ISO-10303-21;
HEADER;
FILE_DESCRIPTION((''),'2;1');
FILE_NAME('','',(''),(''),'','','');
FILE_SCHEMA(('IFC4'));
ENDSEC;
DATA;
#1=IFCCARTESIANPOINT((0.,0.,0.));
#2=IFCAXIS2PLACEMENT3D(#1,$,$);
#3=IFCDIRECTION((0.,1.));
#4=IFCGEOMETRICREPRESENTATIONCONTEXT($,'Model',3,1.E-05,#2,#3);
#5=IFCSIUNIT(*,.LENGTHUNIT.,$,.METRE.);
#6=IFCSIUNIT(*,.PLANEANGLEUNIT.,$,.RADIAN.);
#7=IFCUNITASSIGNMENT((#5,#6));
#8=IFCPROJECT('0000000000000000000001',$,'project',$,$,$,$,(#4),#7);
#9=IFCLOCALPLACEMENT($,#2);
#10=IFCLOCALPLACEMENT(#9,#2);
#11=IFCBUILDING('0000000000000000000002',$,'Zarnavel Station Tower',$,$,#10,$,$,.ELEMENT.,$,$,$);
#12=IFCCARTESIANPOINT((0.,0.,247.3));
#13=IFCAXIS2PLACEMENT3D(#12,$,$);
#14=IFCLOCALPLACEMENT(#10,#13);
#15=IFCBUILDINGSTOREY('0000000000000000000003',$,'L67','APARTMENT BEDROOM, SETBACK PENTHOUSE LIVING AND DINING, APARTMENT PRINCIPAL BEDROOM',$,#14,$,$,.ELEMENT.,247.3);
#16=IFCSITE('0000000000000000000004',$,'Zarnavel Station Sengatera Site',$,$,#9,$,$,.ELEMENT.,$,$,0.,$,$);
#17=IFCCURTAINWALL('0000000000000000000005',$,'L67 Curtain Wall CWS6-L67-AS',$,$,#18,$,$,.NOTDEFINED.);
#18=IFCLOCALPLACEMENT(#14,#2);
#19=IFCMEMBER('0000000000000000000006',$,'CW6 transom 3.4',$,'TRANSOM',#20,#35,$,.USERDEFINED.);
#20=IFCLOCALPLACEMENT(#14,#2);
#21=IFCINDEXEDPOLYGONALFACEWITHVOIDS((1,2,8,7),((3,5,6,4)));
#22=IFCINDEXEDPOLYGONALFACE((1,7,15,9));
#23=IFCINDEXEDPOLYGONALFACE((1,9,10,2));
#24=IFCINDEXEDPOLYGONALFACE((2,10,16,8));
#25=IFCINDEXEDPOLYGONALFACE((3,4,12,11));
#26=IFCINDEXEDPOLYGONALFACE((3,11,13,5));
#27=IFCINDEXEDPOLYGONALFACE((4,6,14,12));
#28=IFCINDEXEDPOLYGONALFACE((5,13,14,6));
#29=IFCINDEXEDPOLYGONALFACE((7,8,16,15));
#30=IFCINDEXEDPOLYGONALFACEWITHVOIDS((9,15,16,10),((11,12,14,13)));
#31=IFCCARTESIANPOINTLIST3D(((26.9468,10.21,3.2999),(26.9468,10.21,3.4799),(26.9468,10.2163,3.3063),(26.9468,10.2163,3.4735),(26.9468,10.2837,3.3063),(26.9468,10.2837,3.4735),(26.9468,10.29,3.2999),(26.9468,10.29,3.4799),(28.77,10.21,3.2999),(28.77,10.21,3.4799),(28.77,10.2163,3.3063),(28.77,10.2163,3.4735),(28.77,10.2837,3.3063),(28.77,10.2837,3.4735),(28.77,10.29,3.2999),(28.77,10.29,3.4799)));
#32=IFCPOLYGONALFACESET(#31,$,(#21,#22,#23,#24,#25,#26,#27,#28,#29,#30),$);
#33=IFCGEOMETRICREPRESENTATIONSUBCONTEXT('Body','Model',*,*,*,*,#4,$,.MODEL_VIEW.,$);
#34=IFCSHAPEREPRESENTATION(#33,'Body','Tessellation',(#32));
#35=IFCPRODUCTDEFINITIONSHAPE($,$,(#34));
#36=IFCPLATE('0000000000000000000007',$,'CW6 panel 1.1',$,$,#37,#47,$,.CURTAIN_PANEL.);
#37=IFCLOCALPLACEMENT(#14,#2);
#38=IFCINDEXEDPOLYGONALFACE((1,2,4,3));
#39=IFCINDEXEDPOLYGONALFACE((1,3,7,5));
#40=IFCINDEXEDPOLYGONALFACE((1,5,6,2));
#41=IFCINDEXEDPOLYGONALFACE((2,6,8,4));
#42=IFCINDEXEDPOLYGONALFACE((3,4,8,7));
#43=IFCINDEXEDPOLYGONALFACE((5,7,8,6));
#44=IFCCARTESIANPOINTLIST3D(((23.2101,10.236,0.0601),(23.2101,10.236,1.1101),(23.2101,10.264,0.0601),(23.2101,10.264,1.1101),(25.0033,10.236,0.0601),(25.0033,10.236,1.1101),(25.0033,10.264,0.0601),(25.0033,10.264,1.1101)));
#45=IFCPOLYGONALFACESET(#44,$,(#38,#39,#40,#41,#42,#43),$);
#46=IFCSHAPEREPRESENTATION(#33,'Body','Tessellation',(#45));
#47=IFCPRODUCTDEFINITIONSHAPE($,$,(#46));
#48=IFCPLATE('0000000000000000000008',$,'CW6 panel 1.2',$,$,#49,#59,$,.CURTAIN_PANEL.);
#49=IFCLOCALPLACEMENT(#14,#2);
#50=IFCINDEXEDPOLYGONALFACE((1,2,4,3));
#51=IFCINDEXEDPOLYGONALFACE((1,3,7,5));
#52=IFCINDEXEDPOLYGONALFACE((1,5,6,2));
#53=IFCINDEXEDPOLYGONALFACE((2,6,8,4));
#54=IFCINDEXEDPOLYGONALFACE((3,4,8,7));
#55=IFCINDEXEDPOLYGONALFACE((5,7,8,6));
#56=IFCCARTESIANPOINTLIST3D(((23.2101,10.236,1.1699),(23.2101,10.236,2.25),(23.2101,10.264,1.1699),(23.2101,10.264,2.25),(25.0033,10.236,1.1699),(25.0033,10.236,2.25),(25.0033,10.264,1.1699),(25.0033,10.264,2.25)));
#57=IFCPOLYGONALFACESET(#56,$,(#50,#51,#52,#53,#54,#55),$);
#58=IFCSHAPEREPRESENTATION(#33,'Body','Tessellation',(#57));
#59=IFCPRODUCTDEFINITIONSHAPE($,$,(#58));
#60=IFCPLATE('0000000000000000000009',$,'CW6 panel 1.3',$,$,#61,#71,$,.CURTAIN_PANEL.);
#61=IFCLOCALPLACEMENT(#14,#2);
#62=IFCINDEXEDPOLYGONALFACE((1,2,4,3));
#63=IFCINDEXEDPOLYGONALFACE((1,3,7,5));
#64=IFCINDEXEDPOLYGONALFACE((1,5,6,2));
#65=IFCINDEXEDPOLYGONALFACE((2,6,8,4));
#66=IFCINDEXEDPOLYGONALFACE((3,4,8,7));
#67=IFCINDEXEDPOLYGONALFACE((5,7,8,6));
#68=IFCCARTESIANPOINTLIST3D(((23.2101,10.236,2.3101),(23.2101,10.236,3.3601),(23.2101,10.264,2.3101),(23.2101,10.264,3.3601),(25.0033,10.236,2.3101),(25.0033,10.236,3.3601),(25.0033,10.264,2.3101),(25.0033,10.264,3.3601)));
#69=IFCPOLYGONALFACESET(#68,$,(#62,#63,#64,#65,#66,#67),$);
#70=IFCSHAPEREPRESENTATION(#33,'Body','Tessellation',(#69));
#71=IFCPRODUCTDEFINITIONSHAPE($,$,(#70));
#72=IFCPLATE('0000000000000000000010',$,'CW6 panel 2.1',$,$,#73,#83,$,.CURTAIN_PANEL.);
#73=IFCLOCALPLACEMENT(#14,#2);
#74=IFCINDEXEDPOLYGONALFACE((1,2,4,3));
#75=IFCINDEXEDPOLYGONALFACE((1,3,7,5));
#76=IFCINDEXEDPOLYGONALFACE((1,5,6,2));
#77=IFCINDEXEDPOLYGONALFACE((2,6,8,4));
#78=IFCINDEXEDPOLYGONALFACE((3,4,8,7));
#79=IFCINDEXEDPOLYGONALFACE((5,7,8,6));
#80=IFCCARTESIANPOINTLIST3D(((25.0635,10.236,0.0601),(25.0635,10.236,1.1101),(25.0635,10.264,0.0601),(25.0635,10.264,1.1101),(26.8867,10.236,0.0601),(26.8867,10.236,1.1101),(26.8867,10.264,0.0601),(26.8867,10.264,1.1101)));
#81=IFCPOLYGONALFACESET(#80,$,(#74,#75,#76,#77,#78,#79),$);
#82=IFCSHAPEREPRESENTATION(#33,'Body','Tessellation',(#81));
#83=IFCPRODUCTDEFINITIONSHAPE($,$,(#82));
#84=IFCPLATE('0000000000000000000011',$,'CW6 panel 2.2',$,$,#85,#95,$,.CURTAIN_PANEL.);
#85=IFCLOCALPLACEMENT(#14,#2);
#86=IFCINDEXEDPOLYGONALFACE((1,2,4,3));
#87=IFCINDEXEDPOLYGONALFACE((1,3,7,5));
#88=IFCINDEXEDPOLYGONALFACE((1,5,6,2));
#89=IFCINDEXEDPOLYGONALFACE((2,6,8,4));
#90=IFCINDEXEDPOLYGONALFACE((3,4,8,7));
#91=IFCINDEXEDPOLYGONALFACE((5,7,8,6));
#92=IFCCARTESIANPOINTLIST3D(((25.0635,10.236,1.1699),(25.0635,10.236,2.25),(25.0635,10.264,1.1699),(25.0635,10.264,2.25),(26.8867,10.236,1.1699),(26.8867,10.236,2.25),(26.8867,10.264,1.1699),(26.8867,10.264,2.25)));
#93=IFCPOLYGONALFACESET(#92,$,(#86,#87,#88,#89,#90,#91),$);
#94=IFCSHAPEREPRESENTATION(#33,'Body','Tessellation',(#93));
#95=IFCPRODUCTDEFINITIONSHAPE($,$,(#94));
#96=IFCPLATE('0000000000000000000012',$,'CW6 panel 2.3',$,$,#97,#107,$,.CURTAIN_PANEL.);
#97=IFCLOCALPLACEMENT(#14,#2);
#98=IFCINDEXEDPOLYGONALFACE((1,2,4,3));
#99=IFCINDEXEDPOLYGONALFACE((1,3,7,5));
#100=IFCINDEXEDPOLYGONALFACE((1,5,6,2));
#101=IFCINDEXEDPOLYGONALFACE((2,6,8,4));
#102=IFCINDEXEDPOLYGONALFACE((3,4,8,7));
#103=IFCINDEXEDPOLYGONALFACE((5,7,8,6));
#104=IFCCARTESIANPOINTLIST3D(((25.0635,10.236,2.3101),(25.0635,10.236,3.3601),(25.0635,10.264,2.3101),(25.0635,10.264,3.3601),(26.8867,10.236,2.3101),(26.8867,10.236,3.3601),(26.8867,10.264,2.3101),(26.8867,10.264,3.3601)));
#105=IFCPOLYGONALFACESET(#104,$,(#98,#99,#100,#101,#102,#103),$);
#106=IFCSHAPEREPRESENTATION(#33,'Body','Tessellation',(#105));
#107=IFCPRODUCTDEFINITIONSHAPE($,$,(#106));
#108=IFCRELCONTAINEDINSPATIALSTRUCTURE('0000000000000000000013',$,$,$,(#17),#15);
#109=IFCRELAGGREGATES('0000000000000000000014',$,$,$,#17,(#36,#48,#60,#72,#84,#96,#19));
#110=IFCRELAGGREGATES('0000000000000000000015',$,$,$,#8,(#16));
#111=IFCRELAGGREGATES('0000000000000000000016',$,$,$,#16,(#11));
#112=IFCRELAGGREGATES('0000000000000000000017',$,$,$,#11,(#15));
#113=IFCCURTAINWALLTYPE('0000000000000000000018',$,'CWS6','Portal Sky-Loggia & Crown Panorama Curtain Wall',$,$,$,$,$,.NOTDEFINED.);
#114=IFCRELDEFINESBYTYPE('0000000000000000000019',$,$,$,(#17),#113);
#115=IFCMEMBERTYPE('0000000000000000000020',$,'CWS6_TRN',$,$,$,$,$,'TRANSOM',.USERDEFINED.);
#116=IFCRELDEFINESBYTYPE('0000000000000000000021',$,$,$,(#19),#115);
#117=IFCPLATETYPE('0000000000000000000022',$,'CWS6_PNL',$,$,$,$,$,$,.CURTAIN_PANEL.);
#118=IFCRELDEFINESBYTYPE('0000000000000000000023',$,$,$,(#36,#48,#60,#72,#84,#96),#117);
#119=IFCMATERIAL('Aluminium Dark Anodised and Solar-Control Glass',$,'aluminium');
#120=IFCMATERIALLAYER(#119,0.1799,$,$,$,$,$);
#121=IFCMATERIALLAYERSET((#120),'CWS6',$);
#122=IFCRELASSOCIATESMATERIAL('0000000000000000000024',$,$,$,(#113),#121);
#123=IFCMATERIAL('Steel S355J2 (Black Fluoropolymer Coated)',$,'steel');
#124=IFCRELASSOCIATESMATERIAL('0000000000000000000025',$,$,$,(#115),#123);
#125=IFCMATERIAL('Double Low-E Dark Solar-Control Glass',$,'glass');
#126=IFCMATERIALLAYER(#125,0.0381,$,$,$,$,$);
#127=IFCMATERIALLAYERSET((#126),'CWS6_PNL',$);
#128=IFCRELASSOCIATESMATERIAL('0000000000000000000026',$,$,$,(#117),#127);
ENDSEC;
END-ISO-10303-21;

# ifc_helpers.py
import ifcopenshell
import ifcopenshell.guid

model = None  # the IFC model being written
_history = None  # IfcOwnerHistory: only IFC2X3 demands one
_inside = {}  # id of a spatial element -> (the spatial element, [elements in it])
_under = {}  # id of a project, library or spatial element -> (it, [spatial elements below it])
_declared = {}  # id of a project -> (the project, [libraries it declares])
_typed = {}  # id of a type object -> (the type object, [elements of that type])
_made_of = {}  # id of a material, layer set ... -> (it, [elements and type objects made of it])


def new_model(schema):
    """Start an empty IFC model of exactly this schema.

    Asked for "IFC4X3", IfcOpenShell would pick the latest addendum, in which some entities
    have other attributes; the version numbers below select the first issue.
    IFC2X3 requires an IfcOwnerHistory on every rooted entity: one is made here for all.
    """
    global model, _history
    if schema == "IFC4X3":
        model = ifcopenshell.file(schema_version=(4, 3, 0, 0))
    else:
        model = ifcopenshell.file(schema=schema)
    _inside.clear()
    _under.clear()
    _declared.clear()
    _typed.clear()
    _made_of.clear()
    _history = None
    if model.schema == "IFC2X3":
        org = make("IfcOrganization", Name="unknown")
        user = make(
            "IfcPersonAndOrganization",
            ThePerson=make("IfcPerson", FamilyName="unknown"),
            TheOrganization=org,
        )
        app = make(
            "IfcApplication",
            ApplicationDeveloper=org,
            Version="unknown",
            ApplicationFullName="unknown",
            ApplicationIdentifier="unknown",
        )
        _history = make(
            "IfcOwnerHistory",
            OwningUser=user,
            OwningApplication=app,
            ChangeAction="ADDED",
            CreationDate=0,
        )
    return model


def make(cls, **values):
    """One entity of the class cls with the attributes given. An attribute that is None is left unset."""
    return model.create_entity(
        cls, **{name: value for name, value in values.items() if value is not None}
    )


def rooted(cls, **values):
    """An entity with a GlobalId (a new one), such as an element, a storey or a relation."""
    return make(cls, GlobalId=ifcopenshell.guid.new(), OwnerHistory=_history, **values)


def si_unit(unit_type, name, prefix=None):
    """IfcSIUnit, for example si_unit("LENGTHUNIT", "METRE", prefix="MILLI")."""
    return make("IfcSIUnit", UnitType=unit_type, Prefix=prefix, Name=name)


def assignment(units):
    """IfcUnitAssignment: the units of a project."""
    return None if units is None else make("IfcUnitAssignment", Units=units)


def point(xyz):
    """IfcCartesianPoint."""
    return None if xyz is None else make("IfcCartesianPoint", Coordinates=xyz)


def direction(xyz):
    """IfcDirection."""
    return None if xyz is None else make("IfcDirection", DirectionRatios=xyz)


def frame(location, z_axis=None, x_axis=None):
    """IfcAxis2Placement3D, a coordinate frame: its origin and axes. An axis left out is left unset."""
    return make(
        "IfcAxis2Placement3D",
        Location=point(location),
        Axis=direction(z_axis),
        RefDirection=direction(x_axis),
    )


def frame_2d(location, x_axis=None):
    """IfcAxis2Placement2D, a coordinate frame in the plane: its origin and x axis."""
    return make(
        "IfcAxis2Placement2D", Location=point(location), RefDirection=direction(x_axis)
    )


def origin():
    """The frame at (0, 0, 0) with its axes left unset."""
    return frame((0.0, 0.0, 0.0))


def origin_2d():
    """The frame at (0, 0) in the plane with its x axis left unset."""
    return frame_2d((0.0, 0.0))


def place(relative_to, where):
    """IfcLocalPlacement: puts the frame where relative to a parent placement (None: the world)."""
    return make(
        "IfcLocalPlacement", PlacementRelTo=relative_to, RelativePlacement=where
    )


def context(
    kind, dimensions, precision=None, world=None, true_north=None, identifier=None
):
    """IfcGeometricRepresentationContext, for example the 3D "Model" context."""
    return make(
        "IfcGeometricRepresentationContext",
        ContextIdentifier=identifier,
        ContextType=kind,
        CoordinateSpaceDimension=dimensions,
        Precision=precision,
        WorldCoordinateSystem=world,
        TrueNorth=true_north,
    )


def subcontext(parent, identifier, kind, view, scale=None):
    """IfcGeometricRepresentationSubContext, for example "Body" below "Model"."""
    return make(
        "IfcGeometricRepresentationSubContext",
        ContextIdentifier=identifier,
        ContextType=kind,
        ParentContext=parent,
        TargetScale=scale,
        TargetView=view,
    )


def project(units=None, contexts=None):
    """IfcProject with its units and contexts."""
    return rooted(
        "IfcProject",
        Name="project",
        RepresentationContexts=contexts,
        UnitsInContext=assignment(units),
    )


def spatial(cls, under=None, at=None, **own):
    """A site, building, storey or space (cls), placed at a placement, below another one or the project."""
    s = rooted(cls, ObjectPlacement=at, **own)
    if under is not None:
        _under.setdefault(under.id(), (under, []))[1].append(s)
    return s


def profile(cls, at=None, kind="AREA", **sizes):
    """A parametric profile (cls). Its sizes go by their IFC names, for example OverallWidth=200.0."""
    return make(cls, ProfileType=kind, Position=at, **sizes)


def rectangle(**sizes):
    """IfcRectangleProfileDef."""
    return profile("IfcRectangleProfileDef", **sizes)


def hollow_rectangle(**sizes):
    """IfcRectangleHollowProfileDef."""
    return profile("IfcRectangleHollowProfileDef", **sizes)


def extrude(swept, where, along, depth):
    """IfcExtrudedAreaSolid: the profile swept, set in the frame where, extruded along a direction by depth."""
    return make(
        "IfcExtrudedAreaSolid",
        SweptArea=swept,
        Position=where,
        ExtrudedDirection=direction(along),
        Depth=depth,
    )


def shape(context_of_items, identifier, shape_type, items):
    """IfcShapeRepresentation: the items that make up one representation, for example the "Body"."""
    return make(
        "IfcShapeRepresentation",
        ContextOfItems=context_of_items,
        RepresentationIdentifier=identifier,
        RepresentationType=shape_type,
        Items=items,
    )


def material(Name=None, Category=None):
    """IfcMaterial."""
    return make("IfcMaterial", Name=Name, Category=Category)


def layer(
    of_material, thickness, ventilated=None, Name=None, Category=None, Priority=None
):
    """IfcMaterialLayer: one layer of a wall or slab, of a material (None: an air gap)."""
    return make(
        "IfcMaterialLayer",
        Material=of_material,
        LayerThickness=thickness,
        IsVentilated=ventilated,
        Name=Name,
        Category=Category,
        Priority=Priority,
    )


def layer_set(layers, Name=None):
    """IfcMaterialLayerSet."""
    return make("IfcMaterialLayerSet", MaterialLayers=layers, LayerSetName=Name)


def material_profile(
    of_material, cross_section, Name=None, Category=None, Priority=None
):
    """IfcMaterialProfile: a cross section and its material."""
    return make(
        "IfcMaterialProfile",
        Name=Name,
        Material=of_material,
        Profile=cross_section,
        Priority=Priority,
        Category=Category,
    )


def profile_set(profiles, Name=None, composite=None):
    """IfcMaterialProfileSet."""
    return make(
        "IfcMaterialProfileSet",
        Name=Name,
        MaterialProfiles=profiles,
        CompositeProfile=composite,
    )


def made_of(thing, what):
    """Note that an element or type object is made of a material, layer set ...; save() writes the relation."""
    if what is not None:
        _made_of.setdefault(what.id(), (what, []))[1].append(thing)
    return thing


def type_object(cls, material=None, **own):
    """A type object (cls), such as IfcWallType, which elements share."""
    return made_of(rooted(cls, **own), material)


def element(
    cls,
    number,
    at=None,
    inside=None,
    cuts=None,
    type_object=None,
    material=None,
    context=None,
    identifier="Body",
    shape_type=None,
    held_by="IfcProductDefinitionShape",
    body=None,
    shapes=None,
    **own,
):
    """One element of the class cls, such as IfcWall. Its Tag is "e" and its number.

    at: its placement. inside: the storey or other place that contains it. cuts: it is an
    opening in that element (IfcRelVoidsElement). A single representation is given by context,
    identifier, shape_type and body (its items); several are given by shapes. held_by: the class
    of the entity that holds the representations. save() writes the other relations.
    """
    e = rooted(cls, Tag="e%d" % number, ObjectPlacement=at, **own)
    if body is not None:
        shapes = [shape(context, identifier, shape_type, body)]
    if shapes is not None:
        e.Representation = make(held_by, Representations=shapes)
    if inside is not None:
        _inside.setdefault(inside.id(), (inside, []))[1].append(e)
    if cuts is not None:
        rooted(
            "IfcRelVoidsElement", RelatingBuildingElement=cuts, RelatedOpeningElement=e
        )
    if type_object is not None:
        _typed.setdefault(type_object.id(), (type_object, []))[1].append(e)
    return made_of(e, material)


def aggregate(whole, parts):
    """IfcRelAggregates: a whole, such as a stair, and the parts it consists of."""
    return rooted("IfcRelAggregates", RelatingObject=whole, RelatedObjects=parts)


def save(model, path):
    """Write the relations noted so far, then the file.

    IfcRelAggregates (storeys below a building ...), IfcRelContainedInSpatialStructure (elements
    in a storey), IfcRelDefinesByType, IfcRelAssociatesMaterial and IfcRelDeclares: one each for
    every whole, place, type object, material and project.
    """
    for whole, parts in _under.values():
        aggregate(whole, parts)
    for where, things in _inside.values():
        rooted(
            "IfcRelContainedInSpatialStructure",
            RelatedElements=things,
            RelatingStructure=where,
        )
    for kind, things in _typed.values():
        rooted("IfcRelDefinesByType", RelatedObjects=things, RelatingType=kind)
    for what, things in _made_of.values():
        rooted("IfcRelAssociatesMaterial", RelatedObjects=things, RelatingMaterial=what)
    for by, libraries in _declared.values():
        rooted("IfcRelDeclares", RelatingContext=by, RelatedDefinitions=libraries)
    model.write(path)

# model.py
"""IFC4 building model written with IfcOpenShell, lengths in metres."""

from ifc_helpers import new_model, si_unit, direction, frame, origin, origin_2d, place, context, subcontext, project, spatial, rectangle, hollow_rectangle, extrude, material, layer, layer_set, material_profile, profile_set, type_object, element, aggregate, save


model = new_model("IFC4")

# Units and contexts
model_context = context("Model", 3, precision=1e-05, world=origin(), true_north=direction((0.0, 1.0)))
body_context = subcontext(model_context, "Body", "Model", "MODEL_VIEW")
ifc_project = project(units=[si_unit("LENGTHUNIT", "METRE"), si_unit("PLANEANGLEUNIT", "RADIAN")], contexts=[model_context])

# Site, building, storey
site_placement = place(None, origin())
site = spatial("IfcSite", under=ifc_project, at=site_placement, Name="Zarnavel Station Sengatera Site", CompositionType="ELEMENT", RefElevation=0.0)
building_placement = place(site_placement, origin())
building = spatial("IfcBuilding", under=site, at=building_placement, Name="Zarnavel Station Tower", CompositionType="ELEMENT")
storey_placement = place(building_placement, frame((0.0, 0.0, 247.3)))
storey = spatial("IfcBuildingStorey", under=building, at=storey_placement, Name="L67", Description="APARTMENT BEDROOM, SETBACK PENTHOUSE LIVING AND DINING, APARTMENT PRINCIPAL BEDROOM", CompositionType="ELEMENT", Elevation=247.3)

# Curtain wall, member, plates
ifc_material_1 = material(Name="Aluminium Dark Anodised and Solar-Control Glass", Category="aluminium")
ifc_layer_1 = layer(ifc_material_1, 0.1799)
ifc_layer_set_1 = layer_set([ifc_layer_1], Name="CWS6")
curtain_wall_type = type_object("IfcCurtainWallType", Name="CWS6", Description="Portal Sky-Loggia & Crown Panorama Curtain Wall", PredefinedType="NOTDEFINED", material=ifc_layer_set_1)
curtain_wall_placement = place(storey_placement, origin())
curtain_wall = element("IfcCurtainWall", 1, at=curtain_wall_placement, inside=storey, type_object=curtain_wall_type, Name="L67 Curtain Wall CWS6-L67-AS", PredefinedType="NOTDEFINED")
ifc_material_2 = material(Name="Steel S355J2 (Black Fluoropolymer Coated)", Category="steel")
ifc_material_profile_1 = material_profile(ifc_material_2, hollow_rectangle(XDim=0.0801, YDim=0.1799, WallThickness=0.0063, at=origin_2d()), Name="RHS180x80x6.3")
ifc_profile_set_1 = profile_set([ifc_material_profile_1], Name="Steel S355J2 (Black Fluoropolymer Coated)")
member_type_1 = type_object("IfcMemberType", Name="CWS6_TRN", ElementType="TRANSOM", PredefinedType="USERDEFINED", material=ifc_profile_set_1)
member_1_placement = place(storey_placement, frame((26.9468, 10.25, 3.3899), z_axis=(1.0, 0.0, 0.0), x_axis=(0.0, 1.0, 0.0)))
member_1 = element("IfcMember", 2, at=member_1_placement, type_object=member_type_1, Name="CW6 transom 3.4", ObjectType="TRANSOM", PredefinedType="USERDEFINED", context=body_context, shape_type="SweptSolid", body=[
    extrude(hollow_rectangle(XDim=0.0801, YDim=0.1799, WallThickness=0.0063, at=origin_2d()), origin(), (0.0, 0.0, 1.0), 1.8232),
])
ifc_material_3 = material(Name="Double Low-E Dark Solar-Control Glass", Category="glass")
ifc_layer_2 = layer(ifc_material_3, 0.0381)
ifc_layer_set_2 = layer_set([ifc_layer_2], Name="CWS6_PNL")
plate_type = type_object("IfcPlateType", Name="CWS6_PNL", PredefinedType="CURTAIN_PANEL", material=ifc_layer_set_2)
plate_1_placement = place(storey_placement, frame((24.1067, 10.25, 0.0601), z_axis=(0.0, 0.0, 1.0), x_axis=(1.0, 0.0, 0.0)))
plate_1 = element("IfcPlate", 3, at=plate_1_placement, type_object=plate_type, Name="CW6 panel 1.1", PredefinedType="CURTAIN_PANEL", context=body_context, shape_type="SweptSolid", body=[
    extrude(rectangle(XDim=1.7932, YDim=0.0281, at=origin_2d()), origin(), (0.0, 0.0, 1.0), 1.05),
])
plate_2_placement = place(storey_placement, frame((24.1067, 10.25, 1.1699), z_axis=(0.0, 0.0, 1.0), x_axis=(1.0, 0.0, 0.0)))
plate_2 = element("IfcPlate", 4, at=plate_2_placement, type_object=plate_type, Name="CW6 panel 1.2", PredefinedType="CURTAIN_PANEL", context=body_context, shape_type="SweptSolid", body=[
    extrude(rectangle(XDim=1.7932, YDim=0.0281, at=origin_2d()), origin(), (0.0, 0.0, 1.0), 1.0801),
])
plate_3_placement = place(storey_placement, frame((24.1067, 10.25, 2.3101), z_axis=(0.0, 0.0, 1.0), x_axis=(1.0, 0.0, 0.0)))
plate_3 = element("IfcPlate", 5, at=plate_3_placement, type_object=plate_type, Name="CW6 panel 1.3", PredefinedType="CURTAIN_PANEL", context=body_context, shape_type="SweptSolid", body=[
    extrude(rectangle(XDim=1.7932, YDim=0.0281, at=origin_2d()), origin(), (0.0, 0.0, 1.0), 1.05),
])
plate_4_placement = place(storey_placement, frame((25.9751, 10.25, 0.0601), z_axis=(0.0, 0.0, 1.0), x_axis=(1.0, 0.0, 0.0)))
plate_4 = element("IfcPlate", 6, at=plate_4_placement, type_object=plate_type, Name="CW6 panel 2.1", PredefinedType="CURTAIN_PANEL", context=body_context, shape_type="SweptSolid", body=[
    extrude(rectangle(XDim=1.8232, YDim=0.0281, at=origin_2d()), origin(), (0.0, 0.0, 1.0), 1.05),
])
plate_5_placement = place(storey_placement, frame((25.9751, 10.25, 1.1699), z_axis=(0.0, 0.0, 1.0), x_axis=(1.0, 0.0, 0.0)))
plate_5 = element("IfcPlate", 7, at=plate_5_placement, type_object=plate_type, Name="CW6 panel 2.2", PredefinedType="CURTAIN_PANEL", context=body_context, shape_type="SweptSolid", body=[
    extrude(rectangle(XDim=1.8232, YDim=0.0281, at=origin_2d()), origin(), (0.0, 0.0, 1.0), 1.0801),
])
plate_6_placement = place(storey_placement, frame((25.9751, 10.25, 2.3101), z_axis=(0.0, 0.0, 1.0), x_axis=(1.0, 0.0, 0.0)))
plate_6 = element("IfcPlate", 8, at=plate_6_placement, type_object=plate_type, Name="CW6 panel 2.3", PredefinedType="CURTAIN_PANEL", context=body_context, shape_type="SweptSolid", body=[
    extrude(rectangle(XDim=1.8232, YDim=0.0281, at=origin_2d()), origin(), (0.0, 0.0, 1.0), 1.05),
])
aggregate(curtain_wall, [plate_1, plate_2, plate_3, plate_4, plate_5, plate_6, member_1])

save(model, "model.ifc")
